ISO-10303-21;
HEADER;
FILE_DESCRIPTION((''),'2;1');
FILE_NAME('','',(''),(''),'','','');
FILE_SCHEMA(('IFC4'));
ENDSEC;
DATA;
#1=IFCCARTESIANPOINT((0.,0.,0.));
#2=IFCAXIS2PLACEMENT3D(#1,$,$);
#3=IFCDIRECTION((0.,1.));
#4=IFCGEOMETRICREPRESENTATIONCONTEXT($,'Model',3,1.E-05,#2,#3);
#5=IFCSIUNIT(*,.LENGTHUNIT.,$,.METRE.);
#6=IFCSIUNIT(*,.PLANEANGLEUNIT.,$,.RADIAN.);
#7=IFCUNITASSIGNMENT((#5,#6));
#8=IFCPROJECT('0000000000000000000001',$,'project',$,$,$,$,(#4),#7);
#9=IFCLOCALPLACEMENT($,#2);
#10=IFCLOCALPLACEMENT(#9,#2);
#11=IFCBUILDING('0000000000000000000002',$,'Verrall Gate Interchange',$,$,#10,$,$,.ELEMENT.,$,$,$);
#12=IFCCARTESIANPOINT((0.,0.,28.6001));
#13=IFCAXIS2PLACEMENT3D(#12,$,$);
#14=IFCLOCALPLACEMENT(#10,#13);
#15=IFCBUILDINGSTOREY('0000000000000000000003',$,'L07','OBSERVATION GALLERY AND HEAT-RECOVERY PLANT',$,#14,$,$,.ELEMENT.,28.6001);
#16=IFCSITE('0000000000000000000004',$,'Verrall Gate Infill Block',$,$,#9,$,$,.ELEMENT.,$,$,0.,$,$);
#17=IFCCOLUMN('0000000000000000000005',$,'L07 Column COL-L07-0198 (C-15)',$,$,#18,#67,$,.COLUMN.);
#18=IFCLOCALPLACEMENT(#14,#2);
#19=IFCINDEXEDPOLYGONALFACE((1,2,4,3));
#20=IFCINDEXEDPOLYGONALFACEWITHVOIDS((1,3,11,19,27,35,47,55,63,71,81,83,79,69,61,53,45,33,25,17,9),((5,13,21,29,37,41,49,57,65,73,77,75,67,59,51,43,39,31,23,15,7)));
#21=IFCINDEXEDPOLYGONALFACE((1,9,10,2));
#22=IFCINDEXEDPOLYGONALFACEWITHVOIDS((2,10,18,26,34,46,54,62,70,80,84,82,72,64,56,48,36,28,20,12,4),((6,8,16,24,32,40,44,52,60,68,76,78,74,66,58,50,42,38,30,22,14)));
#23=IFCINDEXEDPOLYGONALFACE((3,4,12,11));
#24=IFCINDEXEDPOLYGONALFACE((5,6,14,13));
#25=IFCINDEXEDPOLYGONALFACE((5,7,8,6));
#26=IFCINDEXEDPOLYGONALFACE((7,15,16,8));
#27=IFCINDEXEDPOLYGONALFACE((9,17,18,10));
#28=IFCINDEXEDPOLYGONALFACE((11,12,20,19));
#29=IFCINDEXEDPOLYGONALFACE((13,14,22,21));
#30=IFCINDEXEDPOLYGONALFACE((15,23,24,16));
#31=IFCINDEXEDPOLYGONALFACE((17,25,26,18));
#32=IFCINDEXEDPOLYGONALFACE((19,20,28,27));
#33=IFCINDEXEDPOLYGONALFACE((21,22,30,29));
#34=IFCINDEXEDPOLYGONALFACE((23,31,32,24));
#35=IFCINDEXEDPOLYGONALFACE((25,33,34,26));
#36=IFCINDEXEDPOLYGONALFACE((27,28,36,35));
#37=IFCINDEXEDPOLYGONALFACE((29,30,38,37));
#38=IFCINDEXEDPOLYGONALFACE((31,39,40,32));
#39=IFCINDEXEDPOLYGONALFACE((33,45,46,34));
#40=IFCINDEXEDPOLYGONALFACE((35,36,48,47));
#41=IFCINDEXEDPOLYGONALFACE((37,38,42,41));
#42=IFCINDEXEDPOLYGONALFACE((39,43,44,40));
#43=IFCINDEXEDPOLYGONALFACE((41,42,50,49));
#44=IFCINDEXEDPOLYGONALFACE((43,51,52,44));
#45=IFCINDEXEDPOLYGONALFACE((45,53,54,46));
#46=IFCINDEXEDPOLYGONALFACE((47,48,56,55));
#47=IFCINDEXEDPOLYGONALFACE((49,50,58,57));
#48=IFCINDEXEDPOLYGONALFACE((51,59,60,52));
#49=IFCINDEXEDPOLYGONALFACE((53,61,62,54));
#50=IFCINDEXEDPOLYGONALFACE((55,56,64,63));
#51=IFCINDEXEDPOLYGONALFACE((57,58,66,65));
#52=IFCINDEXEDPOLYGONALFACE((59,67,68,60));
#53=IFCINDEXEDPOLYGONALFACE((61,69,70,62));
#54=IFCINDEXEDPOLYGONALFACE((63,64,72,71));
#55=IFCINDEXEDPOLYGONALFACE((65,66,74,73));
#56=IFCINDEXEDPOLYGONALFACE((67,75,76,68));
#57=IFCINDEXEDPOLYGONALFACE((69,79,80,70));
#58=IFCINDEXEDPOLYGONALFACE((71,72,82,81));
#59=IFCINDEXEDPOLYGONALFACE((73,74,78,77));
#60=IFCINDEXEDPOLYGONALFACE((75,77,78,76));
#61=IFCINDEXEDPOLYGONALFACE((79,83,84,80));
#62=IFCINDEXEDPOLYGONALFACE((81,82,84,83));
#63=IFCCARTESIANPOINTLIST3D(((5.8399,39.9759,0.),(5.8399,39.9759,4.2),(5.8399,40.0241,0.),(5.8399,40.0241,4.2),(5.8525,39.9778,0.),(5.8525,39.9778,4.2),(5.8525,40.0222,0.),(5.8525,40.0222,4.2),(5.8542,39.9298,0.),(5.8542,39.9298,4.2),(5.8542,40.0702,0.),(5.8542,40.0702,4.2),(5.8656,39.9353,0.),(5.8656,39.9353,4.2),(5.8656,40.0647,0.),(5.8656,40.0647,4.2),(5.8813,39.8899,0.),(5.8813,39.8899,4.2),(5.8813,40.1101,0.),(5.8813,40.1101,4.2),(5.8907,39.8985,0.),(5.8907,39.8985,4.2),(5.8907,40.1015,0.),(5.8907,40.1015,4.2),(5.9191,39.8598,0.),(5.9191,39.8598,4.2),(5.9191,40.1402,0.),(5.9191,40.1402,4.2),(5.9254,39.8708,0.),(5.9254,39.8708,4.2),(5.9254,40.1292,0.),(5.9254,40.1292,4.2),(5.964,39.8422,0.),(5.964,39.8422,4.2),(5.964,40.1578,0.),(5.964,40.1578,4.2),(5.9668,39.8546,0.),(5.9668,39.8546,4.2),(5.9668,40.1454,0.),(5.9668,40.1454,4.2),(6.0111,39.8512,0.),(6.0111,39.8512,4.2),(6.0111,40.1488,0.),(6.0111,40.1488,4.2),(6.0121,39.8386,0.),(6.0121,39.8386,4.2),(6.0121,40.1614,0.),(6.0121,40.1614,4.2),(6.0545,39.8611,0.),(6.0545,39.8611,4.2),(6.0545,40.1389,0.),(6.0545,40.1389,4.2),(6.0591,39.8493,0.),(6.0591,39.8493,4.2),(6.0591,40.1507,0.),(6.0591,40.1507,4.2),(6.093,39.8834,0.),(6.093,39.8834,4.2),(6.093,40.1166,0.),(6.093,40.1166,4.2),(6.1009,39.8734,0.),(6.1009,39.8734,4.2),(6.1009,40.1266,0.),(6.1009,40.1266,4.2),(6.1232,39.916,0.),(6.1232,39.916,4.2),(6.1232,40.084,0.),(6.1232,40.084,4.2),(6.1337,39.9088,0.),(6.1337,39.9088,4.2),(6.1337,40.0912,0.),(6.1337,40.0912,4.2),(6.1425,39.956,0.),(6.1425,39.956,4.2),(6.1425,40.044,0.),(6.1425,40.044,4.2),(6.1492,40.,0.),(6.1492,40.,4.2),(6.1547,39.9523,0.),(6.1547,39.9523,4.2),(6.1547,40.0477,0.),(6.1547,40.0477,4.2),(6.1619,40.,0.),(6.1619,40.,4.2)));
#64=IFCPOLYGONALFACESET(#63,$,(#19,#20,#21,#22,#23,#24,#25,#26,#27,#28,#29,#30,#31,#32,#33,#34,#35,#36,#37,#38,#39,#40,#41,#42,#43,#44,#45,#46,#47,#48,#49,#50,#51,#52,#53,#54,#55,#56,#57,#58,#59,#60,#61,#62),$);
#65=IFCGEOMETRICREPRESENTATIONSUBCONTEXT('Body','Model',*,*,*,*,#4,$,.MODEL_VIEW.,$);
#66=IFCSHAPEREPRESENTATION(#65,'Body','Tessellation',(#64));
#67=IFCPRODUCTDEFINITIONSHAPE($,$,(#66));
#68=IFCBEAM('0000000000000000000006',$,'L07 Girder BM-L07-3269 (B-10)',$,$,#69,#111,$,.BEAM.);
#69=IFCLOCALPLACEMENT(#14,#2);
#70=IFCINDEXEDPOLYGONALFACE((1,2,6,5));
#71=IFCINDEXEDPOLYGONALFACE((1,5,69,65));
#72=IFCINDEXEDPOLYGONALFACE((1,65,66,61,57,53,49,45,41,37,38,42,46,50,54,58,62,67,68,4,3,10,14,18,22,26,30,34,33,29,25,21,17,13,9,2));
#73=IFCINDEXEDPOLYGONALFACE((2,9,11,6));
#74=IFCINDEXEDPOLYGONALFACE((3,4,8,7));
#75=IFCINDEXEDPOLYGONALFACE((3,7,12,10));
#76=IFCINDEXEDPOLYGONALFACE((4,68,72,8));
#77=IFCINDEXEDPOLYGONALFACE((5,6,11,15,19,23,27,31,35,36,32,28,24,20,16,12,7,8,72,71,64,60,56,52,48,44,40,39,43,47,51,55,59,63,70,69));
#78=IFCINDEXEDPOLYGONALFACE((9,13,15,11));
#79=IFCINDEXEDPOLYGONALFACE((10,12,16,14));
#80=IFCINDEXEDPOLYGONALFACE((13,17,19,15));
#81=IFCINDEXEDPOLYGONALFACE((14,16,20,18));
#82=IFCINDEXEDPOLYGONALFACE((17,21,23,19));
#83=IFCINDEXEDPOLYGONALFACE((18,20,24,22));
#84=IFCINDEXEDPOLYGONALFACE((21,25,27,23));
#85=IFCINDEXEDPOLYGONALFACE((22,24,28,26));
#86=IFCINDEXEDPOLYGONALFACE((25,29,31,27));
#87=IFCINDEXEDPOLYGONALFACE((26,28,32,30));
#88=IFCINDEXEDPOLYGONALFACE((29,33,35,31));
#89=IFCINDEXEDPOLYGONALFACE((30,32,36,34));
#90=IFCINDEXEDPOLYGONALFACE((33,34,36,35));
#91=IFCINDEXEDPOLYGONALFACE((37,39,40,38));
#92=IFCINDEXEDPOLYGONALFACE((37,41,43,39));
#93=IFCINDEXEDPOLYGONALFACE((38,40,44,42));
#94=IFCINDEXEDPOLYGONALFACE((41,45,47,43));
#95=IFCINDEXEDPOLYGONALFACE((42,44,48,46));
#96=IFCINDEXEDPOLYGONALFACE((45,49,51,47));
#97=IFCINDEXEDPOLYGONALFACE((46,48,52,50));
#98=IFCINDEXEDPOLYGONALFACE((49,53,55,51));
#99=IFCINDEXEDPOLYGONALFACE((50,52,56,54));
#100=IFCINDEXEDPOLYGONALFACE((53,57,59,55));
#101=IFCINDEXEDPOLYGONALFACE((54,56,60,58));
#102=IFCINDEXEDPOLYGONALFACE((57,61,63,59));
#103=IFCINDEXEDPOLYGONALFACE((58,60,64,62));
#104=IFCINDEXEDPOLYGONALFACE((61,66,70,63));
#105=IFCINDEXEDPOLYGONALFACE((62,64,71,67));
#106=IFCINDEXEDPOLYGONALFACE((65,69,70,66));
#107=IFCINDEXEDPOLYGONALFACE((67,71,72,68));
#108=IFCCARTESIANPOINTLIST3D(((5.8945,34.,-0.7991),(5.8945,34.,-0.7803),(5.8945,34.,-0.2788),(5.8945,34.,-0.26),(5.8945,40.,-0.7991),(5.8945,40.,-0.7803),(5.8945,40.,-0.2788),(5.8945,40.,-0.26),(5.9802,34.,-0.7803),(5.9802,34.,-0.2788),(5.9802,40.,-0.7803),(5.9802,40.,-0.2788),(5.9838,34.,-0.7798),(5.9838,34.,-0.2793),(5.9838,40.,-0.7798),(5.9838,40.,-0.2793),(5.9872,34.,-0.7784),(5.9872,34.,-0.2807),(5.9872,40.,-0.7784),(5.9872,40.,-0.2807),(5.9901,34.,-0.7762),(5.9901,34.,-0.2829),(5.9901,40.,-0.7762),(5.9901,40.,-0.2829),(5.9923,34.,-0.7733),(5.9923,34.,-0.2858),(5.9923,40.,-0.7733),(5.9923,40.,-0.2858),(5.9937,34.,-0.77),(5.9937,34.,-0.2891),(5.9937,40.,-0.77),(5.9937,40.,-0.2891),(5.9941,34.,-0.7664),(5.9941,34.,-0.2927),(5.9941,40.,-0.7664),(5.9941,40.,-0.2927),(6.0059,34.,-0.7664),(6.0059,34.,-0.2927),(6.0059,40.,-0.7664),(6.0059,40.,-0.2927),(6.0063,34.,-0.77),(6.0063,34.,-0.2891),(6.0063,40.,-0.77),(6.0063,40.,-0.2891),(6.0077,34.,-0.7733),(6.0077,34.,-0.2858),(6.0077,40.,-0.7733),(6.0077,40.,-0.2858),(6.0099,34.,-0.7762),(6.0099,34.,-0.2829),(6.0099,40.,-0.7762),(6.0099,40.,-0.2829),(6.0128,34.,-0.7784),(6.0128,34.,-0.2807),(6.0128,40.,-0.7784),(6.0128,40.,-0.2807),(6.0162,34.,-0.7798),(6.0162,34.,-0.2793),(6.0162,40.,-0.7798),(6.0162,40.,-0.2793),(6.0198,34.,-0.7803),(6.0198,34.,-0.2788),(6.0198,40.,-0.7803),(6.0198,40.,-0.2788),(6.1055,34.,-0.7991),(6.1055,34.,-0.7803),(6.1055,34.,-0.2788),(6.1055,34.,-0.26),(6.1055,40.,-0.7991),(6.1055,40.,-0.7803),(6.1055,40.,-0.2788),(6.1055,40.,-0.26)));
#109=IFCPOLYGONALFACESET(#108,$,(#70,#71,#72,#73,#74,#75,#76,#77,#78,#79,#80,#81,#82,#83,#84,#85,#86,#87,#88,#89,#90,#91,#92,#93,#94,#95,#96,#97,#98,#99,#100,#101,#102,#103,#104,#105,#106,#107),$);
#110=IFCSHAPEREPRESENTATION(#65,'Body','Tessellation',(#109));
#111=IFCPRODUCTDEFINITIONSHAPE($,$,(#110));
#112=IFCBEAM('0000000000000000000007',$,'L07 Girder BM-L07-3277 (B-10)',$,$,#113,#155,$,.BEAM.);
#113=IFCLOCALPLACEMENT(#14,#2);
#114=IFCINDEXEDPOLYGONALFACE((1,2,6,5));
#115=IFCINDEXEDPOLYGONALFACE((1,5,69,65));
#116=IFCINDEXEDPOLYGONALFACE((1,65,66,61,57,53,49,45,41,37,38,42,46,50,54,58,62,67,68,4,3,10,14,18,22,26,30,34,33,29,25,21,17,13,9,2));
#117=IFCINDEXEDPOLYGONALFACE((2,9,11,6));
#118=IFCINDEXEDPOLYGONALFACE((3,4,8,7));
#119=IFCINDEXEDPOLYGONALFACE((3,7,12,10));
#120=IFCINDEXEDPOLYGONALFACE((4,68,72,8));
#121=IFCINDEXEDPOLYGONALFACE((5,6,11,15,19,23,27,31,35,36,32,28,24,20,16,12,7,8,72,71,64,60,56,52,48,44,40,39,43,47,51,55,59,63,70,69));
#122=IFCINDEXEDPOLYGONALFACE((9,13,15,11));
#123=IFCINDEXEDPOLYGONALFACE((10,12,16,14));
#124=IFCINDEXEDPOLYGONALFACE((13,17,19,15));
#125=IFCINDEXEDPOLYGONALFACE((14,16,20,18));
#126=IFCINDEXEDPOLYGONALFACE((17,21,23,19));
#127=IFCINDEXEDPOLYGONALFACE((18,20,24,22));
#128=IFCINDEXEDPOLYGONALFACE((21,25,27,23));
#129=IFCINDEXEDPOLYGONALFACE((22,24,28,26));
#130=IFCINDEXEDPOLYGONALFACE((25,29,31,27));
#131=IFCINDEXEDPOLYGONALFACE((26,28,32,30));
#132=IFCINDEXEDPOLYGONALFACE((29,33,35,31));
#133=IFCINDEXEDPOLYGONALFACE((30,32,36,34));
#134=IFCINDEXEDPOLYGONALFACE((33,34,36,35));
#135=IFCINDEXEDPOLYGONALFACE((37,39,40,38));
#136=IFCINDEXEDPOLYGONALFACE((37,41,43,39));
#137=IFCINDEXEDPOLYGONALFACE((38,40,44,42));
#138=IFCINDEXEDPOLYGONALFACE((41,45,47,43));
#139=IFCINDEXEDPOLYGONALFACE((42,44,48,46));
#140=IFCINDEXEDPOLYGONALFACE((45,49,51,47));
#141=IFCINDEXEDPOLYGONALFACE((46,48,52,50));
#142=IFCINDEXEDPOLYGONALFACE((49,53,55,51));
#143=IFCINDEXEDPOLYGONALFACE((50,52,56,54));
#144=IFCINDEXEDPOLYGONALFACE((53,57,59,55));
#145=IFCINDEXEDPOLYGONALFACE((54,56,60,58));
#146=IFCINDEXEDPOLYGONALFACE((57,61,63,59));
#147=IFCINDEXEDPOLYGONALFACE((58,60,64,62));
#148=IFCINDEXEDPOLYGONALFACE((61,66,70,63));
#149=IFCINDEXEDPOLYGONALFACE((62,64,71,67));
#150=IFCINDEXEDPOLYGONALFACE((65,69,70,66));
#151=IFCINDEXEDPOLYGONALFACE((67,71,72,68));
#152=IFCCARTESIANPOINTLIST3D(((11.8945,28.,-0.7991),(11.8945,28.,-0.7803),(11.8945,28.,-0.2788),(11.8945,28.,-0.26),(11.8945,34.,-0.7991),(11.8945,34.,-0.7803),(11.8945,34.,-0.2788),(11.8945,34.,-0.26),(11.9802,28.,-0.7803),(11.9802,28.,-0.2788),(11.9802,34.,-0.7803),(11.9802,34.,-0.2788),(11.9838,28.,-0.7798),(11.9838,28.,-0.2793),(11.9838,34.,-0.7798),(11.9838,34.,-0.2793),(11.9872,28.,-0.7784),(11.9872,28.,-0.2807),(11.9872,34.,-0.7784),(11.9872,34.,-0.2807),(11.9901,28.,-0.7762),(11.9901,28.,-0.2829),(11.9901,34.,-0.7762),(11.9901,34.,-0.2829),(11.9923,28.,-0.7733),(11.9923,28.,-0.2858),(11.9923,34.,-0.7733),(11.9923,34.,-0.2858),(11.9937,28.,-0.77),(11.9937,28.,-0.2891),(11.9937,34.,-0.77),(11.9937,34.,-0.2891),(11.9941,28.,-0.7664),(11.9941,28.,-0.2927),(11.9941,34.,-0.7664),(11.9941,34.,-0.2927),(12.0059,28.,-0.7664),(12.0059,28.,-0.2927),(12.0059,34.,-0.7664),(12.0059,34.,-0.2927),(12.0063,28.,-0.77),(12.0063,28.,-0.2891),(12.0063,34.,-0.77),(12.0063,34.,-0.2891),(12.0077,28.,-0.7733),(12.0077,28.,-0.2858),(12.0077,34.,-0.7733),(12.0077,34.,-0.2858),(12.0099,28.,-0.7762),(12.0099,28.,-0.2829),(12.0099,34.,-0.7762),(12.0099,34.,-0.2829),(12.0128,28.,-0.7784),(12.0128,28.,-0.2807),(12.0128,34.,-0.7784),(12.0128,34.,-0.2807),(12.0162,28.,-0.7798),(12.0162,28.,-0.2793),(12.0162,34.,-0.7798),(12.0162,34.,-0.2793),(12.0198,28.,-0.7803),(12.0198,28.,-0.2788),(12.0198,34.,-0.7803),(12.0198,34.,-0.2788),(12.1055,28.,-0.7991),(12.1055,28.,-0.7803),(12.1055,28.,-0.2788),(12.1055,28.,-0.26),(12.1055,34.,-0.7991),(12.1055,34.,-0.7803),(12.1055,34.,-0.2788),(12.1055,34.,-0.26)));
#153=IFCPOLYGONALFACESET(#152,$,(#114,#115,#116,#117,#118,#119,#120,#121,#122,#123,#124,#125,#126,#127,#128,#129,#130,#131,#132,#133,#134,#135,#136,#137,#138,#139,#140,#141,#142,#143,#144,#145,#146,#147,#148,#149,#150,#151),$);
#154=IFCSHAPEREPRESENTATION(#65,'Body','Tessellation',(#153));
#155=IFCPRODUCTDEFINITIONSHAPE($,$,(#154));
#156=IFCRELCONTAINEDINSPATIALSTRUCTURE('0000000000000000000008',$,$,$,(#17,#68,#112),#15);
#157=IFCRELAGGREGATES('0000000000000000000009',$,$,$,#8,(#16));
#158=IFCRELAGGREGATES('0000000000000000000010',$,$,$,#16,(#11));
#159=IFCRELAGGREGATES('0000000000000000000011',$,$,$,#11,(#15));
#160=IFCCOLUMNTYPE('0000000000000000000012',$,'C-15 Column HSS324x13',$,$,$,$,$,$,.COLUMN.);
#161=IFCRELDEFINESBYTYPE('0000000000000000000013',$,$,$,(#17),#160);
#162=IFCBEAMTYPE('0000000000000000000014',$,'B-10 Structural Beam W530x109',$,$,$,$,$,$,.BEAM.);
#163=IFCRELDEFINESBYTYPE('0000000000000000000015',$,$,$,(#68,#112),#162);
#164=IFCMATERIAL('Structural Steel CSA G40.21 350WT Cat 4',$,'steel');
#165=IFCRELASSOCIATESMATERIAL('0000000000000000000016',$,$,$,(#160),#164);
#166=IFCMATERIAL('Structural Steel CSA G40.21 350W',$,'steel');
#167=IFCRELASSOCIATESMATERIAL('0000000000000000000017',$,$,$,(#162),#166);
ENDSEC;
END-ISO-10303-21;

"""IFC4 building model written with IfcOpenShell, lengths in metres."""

from ifc_helpers import new_model, si_unit, direction, frame, origin, origin_2d, place, context, subcontext, project, spatial, hollow_circle, i_section, extrude, material, material_profile, profile_set, type_object, element, save


model = new_model("IFC4")

# Units and contexts
model_context = context("Model", 3, precision=1e-05, world=origin(), true_north=direction((0.0, 1.0)))
body_context = subcontext(model_context, "Body", "Model", "MODEL_VIEW")
ifc_project = project(units=[si_unit("LENGTHUNIT", "METRE"), si_unit("PLANEANGLEUNIT", "RADIAN")], contexts=[model_context])

# Site, building, storey
site_placement = place(None, origin())
site = spatial("IfcSite", under=ifc_project, at=site_placement, Name="Verrall Gate Infill Block", CompositionType="ELEMENT", RefElevation=0.0)
building_placement = place(site_placement, origin())
building = spatial("IfcBuilding", under=site, at=building_placement, Name="Verrall Gate Interchange", CompositionType="ELEMENT")
storey_placement = place(building_placement, frame((0.0, 0.0, 28.6001)))
storey = spatial("IfcBuildingStorey", under=building, at=storey_placement, Name="L07", Description="OBSERVATION GALLERY AND HEAT-RECOVERY PLANT", CompositionType="ELEMENT", Elevation=28.6001)

# Column
ifc_material_1 = material(Name="Structural Steel CSA G40.21 350WT Cat 4", Category="steel")
ifc_material_profile_1 = material_profile(ifc_material_1, hollow_circle(Radius=0.1619, WallThickness=0.0127, at=origin_2d()), Name="HSS324x13")
ifc_profile_set_1 = profile_set([ifc_material_profile_1], Name="Structural Steel CSA G40.21 350WT Cat 4")
column_type_1 = type_object("IfcColumnType", Name="C-15 Column HSS324x13", PredefinedType="COLUMN", material=ifc_profile_set_1)
for number, where, z_axis, x_axis, name in (
    (1, (6.0, 40.0, 0.0), (0.0, 0.0, 1.0), (1.0, 0.0, 0.0), "L07 Column COL-L07-0198 (C-15)"),
):
    element("IfcColumn", number, at=place(storey_placement, frame(where, z_axis=z_axis, x_axis=x_axis)), inside=storey, type_object=column_type_1, Name=name, PredefinedType="COLUMN", context=body_context, shape_type="SweptSolid", body=[
        extrude(hollow_circle(Radius=0.1619, WallThickness=0.0127, at=origin_2d()), origin(), (0.0, 0.0, 1.0), 4.2),
    ])

# Beams
ifc_material_2 = material(Name="Structural Steel CSA G40.21 350W", Category="steel")
ifc_material_profile_2 = material_profile(ifc_material_2, i_section(OverallWidth=0.2109, OverallDepth=0.5391, WebThickness=0.0117, FlangeThickness=0.0188, FilletRadius=0.0139, at=origin_2d()), Name="W530x109")
ifc_profile_set_2 = profile_set([ifc_material_profile_2], Name="Structural Steel CSA G40.21 350W")
beam_type_1 = type_object("IfcBeamType", Name="B-10 Structural Beam W530x109", PredefinedType="BEAM", material=ifc_profile_set_2)
for number, where, z_axis, x_axis, name in (
    (2, (6.0, 34.0, -0.5295), (0.0, 1.0, 0.0), (-1.0, 0.0, 0.0), "L07 Girder BM-L07-3269 (B-10)"),
    (3, (12.0, 28.0, -0.5295), (0.0, 1.0, 0.0), (-1.0, 0.0, 0.0), "L07 Girder BM-L07-3277 (B-10)"),
):
    element("IfcBeam", number, at=place(storey_placement, frame(where, z_axis=z_axis, x_axis=x_axis)), inside=storey, type_object=beam_type_1, Name=name, PredefinedType="BEAM", context=body_context, shape_type="SweptSolid", body=[
        extrude(i_section(OverallWidth=0.2109, OverallDepth=0.5391, WebThickness=0.0117, FlangeThickness=0.0188, FilletRadius=0.0139, at=origin_2d()), origin(), (0.0, 0.0, 1.0), 6.0),
    ])

save(model, "model.ifc")
